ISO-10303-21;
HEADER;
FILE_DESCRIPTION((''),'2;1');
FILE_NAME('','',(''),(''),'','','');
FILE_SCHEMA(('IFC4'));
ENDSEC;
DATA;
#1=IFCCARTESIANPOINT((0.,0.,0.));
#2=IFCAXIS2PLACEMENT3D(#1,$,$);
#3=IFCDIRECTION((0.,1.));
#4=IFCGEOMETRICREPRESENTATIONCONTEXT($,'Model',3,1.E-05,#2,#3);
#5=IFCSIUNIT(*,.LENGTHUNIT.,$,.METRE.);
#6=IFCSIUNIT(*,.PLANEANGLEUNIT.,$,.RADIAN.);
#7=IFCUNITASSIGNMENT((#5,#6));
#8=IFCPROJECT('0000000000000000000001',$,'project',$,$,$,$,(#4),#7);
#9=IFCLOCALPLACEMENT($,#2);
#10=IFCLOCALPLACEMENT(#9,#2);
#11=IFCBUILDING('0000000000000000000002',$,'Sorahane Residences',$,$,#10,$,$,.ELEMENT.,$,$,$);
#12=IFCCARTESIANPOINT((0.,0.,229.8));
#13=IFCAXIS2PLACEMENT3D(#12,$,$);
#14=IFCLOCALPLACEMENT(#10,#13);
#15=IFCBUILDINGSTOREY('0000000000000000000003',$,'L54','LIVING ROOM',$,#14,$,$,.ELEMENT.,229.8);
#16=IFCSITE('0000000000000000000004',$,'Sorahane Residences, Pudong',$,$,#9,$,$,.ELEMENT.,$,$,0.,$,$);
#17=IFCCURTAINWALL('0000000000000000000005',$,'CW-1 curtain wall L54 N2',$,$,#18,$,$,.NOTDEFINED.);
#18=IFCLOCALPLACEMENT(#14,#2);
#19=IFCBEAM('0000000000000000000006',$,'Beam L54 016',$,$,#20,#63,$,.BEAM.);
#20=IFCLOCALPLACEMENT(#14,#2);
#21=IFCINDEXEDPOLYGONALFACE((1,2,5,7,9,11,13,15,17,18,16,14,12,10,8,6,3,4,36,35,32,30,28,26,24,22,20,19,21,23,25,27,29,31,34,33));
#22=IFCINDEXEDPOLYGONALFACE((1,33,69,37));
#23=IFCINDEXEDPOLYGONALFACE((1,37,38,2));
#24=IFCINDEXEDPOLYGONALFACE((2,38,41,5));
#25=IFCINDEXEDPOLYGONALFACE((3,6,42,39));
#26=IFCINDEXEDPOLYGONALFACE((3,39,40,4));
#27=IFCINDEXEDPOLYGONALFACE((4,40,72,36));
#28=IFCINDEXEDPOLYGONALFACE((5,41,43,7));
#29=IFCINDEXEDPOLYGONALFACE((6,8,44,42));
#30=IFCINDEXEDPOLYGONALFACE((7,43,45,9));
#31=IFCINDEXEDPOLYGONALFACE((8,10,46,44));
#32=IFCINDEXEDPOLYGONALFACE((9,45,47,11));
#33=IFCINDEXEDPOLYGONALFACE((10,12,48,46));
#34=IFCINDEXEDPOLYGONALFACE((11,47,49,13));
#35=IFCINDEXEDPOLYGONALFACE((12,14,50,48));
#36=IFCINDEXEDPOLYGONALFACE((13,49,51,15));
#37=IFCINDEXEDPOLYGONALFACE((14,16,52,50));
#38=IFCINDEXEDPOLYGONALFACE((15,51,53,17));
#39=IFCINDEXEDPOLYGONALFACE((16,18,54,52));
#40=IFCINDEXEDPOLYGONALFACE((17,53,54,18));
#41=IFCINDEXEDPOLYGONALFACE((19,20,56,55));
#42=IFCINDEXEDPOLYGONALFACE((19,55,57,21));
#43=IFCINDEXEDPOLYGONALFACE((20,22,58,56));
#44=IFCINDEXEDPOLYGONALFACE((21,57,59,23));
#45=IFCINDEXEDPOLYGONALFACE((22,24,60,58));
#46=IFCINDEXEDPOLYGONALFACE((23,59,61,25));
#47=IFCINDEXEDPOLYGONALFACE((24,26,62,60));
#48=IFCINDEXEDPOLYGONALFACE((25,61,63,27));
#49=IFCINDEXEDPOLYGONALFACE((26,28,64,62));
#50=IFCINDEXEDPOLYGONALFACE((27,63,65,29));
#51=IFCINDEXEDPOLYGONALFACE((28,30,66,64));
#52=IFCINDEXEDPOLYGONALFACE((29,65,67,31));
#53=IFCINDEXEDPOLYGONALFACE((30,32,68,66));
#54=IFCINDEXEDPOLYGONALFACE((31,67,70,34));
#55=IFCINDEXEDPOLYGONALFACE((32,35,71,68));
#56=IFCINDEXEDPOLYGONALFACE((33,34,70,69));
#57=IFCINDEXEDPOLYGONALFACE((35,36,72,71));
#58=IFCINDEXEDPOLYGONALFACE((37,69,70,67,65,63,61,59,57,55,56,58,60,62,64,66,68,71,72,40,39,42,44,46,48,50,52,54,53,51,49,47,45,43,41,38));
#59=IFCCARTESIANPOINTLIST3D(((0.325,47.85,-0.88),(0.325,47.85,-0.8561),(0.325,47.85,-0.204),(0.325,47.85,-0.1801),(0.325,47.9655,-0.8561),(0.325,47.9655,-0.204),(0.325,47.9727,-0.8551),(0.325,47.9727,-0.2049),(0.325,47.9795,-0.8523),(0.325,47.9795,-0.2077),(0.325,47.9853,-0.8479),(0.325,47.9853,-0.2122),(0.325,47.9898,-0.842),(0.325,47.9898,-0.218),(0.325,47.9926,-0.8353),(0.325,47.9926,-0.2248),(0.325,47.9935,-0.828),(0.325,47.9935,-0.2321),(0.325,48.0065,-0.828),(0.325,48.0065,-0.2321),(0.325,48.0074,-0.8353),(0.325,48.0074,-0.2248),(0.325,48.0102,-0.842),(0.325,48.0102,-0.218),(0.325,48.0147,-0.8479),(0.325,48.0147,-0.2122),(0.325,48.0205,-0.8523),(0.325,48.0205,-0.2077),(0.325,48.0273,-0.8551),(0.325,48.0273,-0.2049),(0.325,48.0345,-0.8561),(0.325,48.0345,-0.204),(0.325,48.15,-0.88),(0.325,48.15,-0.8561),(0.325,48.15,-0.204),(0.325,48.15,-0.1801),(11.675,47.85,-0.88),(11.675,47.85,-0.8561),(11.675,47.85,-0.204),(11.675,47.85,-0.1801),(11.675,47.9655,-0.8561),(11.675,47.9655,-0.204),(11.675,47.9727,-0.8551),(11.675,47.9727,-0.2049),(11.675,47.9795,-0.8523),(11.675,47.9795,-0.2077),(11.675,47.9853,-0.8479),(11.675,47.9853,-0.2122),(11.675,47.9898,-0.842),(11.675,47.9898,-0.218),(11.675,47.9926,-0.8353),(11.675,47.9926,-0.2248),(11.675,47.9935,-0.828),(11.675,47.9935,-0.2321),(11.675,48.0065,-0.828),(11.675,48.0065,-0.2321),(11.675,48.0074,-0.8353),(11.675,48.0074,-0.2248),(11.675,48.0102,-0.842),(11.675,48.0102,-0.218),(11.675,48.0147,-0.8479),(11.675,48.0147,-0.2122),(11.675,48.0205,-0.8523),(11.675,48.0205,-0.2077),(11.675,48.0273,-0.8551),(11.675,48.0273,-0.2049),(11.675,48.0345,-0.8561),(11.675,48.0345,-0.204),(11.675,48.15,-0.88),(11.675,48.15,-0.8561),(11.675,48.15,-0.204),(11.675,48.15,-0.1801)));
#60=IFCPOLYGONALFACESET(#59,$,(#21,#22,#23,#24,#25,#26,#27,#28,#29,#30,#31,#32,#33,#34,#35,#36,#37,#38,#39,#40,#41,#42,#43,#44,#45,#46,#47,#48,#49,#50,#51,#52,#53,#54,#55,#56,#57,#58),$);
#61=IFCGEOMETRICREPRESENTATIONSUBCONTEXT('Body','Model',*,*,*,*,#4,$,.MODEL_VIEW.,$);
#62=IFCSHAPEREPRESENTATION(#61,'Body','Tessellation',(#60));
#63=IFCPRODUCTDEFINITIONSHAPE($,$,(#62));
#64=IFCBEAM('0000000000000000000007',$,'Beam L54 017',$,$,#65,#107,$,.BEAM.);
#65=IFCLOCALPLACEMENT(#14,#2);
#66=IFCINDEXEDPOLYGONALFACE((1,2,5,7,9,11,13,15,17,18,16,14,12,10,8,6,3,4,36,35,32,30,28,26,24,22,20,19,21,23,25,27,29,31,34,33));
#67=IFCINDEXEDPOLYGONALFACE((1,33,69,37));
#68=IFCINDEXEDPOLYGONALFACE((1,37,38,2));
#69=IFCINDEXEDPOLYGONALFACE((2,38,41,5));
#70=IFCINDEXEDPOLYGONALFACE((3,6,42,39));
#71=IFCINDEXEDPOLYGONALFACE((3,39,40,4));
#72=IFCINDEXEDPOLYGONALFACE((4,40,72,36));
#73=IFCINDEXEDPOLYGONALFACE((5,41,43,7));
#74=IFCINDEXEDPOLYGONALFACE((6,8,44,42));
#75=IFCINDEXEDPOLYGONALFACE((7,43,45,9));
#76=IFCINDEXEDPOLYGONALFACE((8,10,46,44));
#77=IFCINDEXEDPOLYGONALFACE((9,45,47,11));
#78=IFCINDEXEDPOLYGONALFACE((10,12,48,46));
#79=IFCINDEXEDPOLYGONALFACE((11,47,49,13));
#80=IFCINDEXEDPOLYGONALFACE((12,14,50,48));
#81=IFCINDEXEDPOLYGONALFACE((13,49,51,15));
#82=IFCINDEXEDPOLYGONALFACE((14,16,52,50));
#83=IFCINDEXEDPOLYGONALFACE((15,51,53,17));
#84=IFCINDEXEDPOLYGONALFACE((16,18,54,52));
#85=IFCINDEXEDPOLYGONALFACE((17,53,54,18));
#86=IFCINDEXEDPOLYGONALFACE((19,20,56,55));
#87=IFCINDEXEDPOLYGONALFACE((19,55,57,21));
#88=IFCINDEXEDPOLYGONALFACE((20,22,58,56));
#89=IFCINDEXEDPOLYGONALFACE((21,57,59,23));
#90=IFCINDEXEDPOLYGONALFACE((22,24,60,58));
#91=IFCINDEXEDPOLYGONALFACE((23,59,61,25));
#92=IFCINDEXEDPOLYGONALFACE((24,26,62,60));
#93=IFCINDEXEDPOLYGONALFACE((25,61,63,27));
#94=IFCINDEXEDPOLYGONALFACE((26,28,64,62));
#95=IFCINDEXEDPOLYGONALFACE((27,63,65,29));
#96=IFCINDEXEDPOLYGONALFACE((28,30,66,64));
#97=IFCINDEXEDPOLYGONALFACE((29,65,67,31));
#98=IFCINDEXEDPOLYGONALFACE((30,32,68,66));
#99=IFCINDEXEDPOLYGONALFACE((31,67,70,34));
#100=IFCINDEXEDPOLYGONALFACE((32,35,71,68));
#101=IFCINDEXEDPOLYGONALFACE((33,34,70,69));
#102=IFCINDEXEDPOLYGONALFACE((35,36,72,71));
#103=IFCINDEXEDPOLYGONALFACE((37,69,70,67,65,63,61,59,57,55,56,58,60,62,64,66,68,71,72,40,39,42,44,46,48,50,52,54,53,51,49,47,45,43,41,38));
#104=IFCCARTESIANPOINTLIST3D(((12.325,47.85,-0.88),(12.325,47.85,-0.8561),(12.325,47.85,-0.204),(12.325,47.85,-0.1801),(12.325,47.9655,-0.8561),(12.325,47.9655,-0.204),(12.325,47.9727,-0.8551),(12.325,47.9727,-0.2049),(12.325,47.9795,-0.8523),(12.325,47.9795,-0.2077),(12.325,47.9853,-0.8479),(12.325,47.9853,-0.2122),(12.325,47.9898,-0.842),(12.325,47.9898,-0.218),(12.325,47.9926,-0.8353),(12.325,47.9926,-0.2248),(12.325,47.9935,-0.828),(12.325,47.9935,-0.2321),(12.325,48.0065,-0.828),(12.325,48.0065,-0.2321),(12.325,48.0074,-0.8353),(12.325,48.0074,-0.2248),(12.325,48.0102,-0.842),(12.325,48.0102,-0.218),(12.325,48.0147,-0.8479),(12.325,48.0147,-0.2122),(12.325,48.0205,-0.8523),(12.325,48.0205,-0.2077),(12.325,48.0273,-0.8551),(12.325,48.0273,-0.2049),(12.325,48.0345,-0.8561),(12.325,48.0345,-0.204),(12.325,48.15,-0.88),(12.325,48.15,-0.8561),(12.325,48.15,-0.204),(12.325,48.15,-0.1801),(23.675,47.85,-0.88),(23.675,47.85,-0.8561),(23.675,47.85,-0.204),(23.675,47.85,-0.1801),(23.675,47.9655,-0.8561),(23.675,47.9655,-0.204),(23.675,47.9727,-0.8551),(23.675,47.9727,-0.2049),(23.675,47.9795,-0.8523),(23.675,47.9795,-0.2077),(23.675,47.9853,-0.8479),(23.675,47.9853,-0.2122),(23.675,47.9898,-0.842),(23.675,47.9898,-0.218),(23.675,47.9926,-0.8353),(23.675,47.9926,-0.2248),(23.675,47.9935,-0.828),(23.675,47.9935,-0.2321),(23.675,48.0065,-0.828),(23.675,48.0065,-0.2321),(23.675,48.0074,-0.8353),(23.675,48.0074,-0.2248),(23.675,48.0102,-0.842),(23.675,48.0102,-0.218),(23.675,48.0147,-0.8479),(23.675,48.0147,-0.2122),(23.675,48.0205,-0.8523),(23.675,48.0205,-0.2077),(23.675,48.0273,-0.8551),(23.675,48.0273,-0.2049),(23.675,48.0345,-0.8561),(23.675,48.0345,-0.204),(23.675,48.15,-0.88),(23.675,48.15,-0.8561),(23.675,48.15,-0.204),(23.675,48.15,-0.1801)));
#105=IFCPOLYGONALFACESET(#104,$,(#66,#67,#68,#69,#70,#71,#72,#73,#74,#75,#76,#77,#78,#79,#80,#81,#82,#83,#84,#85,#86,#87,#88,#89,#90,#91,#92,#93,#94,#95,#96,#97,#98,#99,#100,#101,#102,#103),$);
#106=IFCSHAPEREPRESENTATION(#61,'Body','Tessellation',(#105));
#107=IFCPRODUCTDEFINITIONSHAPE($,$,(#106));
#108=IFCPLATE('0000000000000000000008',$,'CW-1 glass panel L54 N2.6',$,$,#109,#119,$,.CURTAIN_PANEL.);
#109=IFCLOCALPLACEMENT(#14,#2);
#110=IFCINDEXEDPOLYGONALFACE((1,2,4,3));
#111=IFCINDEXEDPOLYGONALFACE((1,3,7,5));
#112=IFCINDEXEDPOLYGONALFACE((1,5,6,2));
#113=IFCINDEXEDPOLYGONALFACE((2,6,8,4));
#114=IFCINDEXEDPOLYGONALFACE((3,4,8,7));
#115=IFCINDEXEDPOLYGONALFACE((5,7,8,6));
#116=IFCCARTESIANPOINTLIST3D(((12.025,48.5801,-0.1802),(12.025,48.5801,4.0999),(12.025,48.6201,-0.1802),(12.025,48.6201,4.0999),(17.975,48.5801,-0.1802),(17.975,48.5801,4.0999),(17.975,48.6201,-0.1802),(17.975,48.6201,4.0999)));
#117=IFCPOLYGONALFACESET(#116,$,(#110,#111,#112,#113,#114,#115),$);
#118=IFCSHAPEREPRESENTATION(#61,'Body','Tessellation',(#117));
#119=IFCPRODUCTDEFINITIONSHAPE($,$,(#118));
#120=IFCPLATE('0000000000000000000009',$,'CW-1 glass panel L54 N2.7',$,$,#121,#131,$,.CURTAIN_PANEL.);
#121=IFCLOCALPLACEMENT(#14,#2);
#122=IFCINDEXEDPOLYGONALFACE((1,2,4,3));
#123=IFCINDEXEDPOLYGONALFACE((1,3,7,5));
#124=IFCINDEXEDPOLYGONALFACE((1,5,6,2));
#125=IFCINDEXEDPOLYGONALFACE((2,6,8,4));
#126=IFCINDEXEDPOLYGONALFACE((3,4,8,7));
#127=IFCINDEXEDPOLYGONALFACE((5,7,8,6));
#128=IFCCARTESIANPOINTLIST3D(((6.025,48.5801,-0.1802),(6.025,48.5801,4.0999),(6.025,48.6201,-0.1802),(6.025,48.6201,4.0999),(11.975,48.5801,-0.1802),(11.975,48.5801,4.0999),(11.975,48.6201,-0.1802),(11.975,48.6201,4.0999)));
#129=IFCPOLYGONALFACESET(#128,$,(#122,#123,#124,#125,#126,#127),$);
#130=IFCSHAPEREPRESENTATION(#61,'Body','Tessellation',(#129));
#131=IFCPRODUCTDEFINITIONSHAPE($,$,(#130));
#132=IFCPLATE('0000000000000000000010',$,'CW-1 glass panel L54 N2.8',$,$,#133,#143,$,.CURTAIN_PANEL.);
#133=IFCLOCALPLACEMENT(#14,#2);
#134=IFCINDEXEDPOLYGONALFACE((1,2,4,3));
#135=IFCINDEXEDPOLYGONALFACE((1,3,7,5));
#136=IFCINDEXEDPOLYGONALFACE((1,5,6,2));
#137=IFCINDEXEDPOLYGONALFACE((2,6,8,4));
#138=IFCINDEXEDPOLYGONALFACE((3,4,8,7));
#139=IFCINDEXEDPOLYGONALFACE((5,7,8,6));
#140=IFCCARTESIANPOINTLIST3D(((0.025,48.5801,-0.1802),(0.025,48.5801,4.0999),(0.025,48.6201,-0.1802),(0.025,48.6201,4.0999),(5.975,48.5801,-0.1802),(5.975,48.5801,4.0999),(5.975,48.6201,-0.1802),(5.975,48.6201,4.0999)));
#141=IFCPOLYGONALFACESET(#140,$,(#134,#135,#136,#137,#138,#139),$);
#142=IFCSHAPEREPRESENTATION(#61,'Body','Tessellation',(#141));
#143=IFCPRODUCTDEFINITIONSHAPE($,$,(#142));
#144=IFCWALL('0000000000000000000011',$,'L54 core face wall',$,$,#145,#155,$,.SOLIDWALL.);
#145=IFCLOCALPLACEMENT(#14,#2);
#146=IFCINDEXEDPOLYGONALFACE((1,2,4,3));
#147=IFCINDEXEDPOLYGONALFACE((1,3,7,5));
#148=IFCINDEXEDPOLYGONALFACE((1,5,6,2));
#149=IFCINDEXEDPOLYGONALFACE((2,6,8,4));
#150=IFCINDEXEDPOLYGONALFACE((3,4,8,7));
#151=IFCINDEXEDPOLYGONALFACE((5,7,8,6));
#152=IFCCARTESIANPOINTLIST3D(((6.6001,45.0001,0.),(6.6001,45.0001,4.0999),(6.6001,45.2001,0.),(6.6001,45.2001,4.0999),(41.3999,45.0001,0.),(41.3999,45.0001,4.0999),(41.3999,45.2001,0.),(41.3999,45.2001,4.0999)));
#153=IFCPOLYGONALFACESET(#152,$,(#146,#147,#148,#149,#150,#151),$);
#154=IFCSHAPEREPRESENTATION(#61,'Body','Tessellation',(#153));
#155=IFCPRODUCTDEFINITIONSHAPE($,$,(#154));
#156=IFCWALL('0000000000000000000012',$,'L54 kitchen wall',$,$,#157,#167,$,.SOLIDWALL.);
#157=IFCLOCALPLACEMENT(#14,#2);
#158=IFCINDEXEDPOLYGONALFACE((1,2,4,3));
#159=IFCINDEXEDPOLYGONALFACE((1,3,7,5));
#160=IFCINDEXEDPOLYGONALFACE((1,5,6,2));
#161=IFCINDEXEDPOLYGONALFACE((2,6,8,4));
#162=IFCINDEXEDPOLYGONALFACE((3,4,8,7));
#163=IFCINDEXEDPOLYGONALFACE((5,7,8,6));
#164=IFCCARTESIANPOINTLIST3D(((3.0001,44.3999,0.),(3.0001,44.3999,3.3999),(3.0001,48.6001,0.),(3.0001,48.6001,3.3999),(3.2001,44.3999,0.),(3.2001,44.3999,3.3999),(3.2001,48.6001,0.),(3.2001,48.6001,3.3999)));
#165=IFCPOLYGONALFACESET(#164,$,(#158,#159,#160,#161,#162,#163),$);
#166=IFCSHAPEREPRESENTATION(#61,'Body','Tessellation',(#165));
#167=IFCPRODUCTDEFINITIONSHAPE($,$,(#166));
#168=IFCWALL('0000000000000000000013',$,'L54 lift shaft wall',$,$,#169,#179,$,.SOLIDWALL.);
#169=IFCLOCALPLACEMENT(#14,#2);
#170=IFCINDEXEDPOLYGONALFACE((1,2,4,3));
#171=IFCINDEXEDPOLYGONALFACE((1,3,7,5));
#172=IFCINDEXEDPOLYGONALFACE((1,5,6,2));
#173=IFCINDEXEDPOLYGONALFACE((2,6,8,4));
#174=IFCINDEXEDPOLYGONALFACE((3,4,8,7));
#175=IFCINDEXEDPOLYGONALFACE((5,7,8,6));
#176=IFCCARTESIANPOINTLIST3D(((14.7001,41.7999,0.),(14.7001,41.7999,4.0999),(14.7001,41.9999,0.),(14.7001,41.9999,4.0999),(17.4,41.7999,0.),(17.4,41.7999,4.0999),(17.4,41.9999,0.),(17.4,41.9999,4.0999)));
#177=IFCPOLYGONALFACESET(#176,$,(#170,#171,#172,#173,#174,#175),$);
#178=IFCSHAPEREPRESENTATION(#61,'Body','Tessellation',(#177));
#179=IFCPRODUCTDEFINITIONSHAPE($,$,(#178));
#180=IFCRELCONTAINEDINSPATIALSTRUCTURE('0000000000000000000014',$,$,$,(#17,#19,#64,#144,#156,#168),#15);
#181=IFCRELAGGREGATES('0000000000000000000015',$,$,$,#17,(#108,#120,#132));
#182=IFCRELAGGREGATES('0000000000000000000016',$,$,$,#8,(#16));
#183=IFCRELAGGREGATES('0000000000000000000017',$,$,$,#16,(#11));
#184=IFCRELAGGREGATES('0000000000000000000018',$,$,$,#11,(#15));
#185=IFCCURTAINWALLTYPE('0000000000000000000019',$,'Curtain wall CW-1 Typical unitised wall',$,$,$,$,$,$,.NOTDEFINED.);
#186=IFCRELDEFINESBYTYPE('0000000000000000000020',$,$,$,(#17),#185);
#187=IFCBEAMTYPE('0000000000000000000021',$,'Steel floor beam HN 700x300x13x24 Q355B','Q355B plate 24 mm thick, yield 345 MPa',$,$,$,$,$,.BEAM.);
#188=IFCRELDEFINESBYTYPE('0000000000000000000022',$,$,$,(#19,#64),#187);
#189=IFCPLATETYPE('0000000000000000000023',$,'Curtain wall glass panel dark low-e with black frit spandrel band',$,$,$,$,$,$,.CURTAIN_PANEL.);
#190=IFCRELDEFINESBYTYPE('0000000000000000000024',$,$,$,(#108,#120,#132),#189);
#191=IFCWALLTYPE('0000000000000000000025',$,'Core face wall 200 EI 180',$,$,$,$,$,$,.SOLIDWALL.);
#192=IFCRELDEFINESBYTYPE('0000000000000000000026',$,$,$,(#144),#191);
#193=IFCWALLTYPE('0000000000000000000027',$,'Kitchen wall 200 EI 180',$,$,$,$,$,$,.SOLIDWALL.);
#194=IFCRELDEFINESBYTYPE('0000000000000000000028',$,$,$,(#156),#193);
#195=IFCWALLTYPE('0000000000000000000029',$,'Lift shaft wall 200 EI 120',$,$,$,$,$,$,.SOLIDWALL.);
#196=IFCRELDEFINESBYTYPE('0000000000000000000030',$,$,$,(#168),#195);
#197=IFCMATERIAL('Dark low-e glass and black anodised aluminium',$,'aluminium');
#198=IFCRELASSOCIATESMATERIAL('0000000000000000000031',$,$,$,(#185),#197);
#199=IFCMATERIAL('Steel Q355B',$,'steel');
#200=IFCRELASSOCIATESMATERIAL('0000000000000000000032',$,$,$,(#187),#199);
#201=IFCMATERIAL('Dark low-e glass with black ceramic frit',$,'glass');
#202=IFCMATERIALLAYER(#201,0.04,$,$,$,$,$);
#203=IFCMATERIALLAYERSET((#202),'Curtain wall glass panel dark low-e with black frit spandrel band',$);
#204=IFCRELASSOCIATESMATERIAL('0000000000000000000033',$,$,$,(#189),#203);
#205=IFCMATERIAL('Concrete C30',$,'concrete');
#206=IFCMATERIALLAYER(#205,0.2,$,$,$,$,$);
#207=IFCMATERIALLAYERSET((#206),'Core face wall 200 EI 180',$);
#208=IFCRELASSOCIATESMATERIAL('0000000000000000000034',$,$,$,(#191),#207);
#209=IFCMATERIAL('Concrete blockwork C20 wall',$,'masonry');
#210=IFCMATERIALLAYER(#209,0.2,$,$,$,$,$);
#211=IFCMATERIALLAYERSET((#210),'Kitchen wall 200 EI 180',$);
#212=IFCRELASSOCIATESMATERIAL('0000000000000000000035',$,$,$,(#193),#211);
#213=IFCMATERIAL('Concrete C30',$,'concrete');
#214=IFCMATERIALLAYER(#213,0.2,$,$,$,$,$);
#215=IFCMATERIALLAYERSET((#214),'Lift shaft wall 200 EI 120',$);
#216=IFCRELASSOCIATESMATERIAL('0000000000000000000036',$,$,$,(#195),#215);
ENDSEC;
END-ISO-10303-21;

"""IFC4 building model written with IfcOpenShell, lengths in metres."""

from ifc_helpers import new_model, si_unit, direction, frame, frame_2d, origin, origin_2d, place, context, subcontext, project, spatial, rectangle, i_section, extrude, material, layer, layer_set, material_profile, profile_set, type_object, element, aggregate, save


model = new_model("IFC4")

# Units and contexts
model_context = context("Model", 3, precision=1e-05, world=origin(), true_north=direction((0.0, 1.0)))
body_context = subcontext(model_context, "Body", "Model", "MODEL_VIEW")
ifc_project = project(units=[si_unit("LENGTHUNIT", "METRE"), si_unit("PLANEANGLEUNIT", "RADIAN")], contexts=[model_context])

# Site, building, storey
site_placement = place(None, origin())
site = spatial("IfcSite", under=ifc_project, at=site_placement, Name="Sorahane Residences, Pudong", CompositionType="ELEMENT", RefElevation=0.0)
building_placement = place(site_placement, origin())
building = spatial("IfcBuilding", under=site, at=building_placement, Name="Sorahane Residences", CompositionType="ELEMENT")
storey_placement = place(building_placement, frame((0.0, 0.0, 229.8)))
storey = spatial("IfcBuildingStorey", under=building, at=storey_placement, Name="L54", Description="LIVING ROOM", CompositionType="ELEMENT", Elevation=229.8)

# Curtain wall
ifc_material_1 = material(Name="Dark low-e glass and black anodised aluminium", Category="aluminium")
curtain_wall_type = type_object("IfcCurtainWallType", Name="Curtain wall CW-1 Typical unitised wall", PredefinedType="NOTDEFINED", material=ifc_material_1)
curtain_wall_placement = place(storey_placement, origin())
curtain_wall = element("IfcCurtainWall", 1, at=curtain_wall_placement, inside=storey, type_object=curtain_wall_type, Name="CW-1 curtain wall L54 N2", PredefinedType="NOTDEFINED")

# Beams
ifc_material_2 = material(Name="Steel Q355B", Category="steel")
ifc_material_profile_1 = material_profile(ifc_material_2, i_section(OverallWidth=0.3, OverallDepth=0.7, WebThickness=0.0129, FlangeThickness=0.0239, FilletRadius=0.0281, at=origin_2d()), Name="HN 700x300x13x24")
ifc_profile_set_1 = profile_set([ifc_material_profile_1], Name="Steel Q355B")
beam_type_1 = type_object("IfcBeamType", Name="Steel floor beam HN 700x300x13x24 Q355B", Description="Q355B plate 24 mm thick, yield 345 MPa", PredefinedType="BEAM", material=ifc_profile_set_1)
for number, where, z_axis, x_axis, name in (
    (2, (0.325, 48.0, -0.53), (1.0, 0.0, 0.0), (0.0, 1.0, 0.0), "Beam L54 016"),
    (3, (12.325, 48.0, -0.53), (1.0, 0.0, 0.0), (0.0, 1.0, 0.0), "Beam L54 017"),
):
    element("IfcBeam", number, at=place(storey_placement, frame(where, z_axis=z_axis, x_axis=x_axis)), inside=storey, type_object=beam_type_1, Name=name, PredefinedType="BEAM", context=body_context, shape_type="SweptSolid", body=[
        extrude(i_section(OverallWidth=0.3, OverallDepth=0.7, WebThickness=0.0129, FlangeThickness=0.0239, FilletRadius=0.0281, at=origin_2d()), origin(), (0.0, 0.0, 1.0), 11.3501),
    ])

# Plates
ifc_material_3 = material(Name="Dark low-e glass with black ceramic frit", Category="glass")
ifc_layer_1 = layer(ifc_material_3, 0.04)
ifc_layer_set_1 = layer_set([ifc_layer_1], Name="Curtain wall glass panel dark low-e with black frit spandrel band")
plate_type = type_object("IfcPlateType", Name="Curtain wall glass panel dark low-e with black frit spandrel band", PredefinedType="CURTAIN_PANEL", material=ifc_layer_set_1)
plate_1_placement = place(storey_placement, frame((15.0, 48.6001, -0.1802), z_axis=(0.0, 0.0, 1.0), x_axis=(-1.0, 0.0, 0.0)))
plate_1 = element("IfcPlate", 4, at=plate_1_placement, type_object=plate_type, Name="CW-1 glass panel L54 N2.6", PredefinedType="CURTAIN_PANEL", context=body_context, shape_type="SweptSolid", body=[
    extrude(rectangle(XDim=5.95, YDim=0.04, at=origin_2d()), origin(), (0.0, 0.0, 1.0), 4.28),
])
plate_2_placement = place(storey_placement, frame((9.0, 48.6001, -0.1802), z_axis=(0.0, 0.0, 1.0), x_axis=(-1.0, 0.0, 0.0)))
plate_2 = element("IfcPlate", 5, at=plate_2_placement, type_object=plate_type, Name="CW-1 glass panel L54 N2.7", PredefinedType="CURTAIN_PANEL", context=body_context, shape_type="SweptSolid", body=[
    extrude(rectangle(XDim=5.95, YDim=0.04, at=origin_2d()), origin(), (0.0, 0.0, 1.0), 4.28),
])
plate_3_placement = place(storey_placement, frame((3.0, 48.6001, -0.1802), z_axis=(0.0, 0.0, 1.0), x_axis=(-1.0, 0.0, 0.0)))
plate_3 = element("IfcPlate", 6, at=plate_3_placement, type_object=plate_type, Name="CW-1 glass panel L54 N2.8", PredefinedType="CURTAIN_PANEL", context=body_context, shape_type="SweptSolid", body=[
    extrude(rectangle(XDim=5.95, YDim=0.04, at=origin_2d()), origin(), (0.0, 0.0, 1.0), 4.28),
])
aggregate(curtain_wall, [plate_1, plate_2, plate_3])

# Walls
ifc_material_4 = material(Name="Concrete C30", Category="concrete")
ifc_layer_2 = layer(ifc_material_4, 0.2)
ifc_layer_set_2 = layer_set([ifc_layer_2], Name="Core face wall 200 EI 180")
wall_type_1 = type_object("IfcWallType", Name="Core face wall 200 EI 180", PredefinedType="SOLIDWALL", material=ifc_layer_set_2)
wall_1_placement = place(storey_placement, frame((6.6001, 45.1001, 0.0), z_axis=(0.0, 0.0, 1.0), x_axis=(1.0, 0.0, 0.0)))
element("IfcWall", 7, at=wall_1_placement, inside=storey, type_object=wall_type_1, Name="L54 core face wall", PredefinedType="SOLIDWALL", context=body_context, shape_type="SweptSolid", body=[
    extrude(rectangle(XDim=34.7998, YDim=0.2, at=frame_2d((17.3999, 0.0))), origin(), (0.0, 0.0, 1.0), 4.0999),
])
ifc_material_5 = material(Name="Concrete blockwork C20 wall", Category="masonry")
ifc_layer_3 = layer(ifc_material_5, 0.2)
ifc_layer_set_3 = layer_set([ifc_layer_3], Name="Kitchen wall 200 EI 180")
wall_type_2 = type_object("IfcWallType", Name="Kitchen wall 200 EI 180", PredefinedType="SOLIDWALL", material=ifc_layer_set_3)
wall_2_placement = place(storey_placement, frame((3.1001, 44.3999, 0.0), z_axis=(0.0, 0.0, 1.0), x_axis=(0.0, 1.0, 0.0)))
element("IfcWall", 8, at=wall_2_placement, inside=storey, type_object=wall_type_2, Name="L54 kitchen wall", PredefinedType="SOLIDWALL", context=body_context, shape_type="SweptSolid", body=[
    extrude(rectangle(XDim=4.2002, YDim=0.2, at=frame_2d((2.1001, 0.0))), origin(), (0.0, 0.0, 1.0), 3.3999),
])
ifc_material_6 = material(Name="Concrete C30", Category="concrete")
ifc_layer_4 = layer(ifc_material_6, 0.2)
ifc_layer_set_4 = layer_set([ifc_layer_4], Name="Lift shaft wall 200 EI 120")
wall_type_3 = type_object("IfcWallType", Name="Lift shaft wall 200 EI 120", PredefinedType="SOLIDWALL", material=ifc_layer_set_4)
wall_3_placement = place(storey_placement, frame((14.7, 41.8999, 0.0), z_axis=(0.0, 0.0, 1.0), x_axis=(1.0, 0.0, 0.0)))
element("IfcWall", 9, at=wall_3_placement, inside=storey, type_object=wall_type_3, Name="L54 lift shaft wall", PredefinedType="SOLIDWALL", context=body_context, shape_type="SweptSolid", body=[
    extrude(rectangle(XDim=2.7, YDim=0.2, at=frame_2d((1.3501, 0.0))), origin(), (0.0, 0.0, 1.0), 4.0999),
])

save(model, "model.ifc")
